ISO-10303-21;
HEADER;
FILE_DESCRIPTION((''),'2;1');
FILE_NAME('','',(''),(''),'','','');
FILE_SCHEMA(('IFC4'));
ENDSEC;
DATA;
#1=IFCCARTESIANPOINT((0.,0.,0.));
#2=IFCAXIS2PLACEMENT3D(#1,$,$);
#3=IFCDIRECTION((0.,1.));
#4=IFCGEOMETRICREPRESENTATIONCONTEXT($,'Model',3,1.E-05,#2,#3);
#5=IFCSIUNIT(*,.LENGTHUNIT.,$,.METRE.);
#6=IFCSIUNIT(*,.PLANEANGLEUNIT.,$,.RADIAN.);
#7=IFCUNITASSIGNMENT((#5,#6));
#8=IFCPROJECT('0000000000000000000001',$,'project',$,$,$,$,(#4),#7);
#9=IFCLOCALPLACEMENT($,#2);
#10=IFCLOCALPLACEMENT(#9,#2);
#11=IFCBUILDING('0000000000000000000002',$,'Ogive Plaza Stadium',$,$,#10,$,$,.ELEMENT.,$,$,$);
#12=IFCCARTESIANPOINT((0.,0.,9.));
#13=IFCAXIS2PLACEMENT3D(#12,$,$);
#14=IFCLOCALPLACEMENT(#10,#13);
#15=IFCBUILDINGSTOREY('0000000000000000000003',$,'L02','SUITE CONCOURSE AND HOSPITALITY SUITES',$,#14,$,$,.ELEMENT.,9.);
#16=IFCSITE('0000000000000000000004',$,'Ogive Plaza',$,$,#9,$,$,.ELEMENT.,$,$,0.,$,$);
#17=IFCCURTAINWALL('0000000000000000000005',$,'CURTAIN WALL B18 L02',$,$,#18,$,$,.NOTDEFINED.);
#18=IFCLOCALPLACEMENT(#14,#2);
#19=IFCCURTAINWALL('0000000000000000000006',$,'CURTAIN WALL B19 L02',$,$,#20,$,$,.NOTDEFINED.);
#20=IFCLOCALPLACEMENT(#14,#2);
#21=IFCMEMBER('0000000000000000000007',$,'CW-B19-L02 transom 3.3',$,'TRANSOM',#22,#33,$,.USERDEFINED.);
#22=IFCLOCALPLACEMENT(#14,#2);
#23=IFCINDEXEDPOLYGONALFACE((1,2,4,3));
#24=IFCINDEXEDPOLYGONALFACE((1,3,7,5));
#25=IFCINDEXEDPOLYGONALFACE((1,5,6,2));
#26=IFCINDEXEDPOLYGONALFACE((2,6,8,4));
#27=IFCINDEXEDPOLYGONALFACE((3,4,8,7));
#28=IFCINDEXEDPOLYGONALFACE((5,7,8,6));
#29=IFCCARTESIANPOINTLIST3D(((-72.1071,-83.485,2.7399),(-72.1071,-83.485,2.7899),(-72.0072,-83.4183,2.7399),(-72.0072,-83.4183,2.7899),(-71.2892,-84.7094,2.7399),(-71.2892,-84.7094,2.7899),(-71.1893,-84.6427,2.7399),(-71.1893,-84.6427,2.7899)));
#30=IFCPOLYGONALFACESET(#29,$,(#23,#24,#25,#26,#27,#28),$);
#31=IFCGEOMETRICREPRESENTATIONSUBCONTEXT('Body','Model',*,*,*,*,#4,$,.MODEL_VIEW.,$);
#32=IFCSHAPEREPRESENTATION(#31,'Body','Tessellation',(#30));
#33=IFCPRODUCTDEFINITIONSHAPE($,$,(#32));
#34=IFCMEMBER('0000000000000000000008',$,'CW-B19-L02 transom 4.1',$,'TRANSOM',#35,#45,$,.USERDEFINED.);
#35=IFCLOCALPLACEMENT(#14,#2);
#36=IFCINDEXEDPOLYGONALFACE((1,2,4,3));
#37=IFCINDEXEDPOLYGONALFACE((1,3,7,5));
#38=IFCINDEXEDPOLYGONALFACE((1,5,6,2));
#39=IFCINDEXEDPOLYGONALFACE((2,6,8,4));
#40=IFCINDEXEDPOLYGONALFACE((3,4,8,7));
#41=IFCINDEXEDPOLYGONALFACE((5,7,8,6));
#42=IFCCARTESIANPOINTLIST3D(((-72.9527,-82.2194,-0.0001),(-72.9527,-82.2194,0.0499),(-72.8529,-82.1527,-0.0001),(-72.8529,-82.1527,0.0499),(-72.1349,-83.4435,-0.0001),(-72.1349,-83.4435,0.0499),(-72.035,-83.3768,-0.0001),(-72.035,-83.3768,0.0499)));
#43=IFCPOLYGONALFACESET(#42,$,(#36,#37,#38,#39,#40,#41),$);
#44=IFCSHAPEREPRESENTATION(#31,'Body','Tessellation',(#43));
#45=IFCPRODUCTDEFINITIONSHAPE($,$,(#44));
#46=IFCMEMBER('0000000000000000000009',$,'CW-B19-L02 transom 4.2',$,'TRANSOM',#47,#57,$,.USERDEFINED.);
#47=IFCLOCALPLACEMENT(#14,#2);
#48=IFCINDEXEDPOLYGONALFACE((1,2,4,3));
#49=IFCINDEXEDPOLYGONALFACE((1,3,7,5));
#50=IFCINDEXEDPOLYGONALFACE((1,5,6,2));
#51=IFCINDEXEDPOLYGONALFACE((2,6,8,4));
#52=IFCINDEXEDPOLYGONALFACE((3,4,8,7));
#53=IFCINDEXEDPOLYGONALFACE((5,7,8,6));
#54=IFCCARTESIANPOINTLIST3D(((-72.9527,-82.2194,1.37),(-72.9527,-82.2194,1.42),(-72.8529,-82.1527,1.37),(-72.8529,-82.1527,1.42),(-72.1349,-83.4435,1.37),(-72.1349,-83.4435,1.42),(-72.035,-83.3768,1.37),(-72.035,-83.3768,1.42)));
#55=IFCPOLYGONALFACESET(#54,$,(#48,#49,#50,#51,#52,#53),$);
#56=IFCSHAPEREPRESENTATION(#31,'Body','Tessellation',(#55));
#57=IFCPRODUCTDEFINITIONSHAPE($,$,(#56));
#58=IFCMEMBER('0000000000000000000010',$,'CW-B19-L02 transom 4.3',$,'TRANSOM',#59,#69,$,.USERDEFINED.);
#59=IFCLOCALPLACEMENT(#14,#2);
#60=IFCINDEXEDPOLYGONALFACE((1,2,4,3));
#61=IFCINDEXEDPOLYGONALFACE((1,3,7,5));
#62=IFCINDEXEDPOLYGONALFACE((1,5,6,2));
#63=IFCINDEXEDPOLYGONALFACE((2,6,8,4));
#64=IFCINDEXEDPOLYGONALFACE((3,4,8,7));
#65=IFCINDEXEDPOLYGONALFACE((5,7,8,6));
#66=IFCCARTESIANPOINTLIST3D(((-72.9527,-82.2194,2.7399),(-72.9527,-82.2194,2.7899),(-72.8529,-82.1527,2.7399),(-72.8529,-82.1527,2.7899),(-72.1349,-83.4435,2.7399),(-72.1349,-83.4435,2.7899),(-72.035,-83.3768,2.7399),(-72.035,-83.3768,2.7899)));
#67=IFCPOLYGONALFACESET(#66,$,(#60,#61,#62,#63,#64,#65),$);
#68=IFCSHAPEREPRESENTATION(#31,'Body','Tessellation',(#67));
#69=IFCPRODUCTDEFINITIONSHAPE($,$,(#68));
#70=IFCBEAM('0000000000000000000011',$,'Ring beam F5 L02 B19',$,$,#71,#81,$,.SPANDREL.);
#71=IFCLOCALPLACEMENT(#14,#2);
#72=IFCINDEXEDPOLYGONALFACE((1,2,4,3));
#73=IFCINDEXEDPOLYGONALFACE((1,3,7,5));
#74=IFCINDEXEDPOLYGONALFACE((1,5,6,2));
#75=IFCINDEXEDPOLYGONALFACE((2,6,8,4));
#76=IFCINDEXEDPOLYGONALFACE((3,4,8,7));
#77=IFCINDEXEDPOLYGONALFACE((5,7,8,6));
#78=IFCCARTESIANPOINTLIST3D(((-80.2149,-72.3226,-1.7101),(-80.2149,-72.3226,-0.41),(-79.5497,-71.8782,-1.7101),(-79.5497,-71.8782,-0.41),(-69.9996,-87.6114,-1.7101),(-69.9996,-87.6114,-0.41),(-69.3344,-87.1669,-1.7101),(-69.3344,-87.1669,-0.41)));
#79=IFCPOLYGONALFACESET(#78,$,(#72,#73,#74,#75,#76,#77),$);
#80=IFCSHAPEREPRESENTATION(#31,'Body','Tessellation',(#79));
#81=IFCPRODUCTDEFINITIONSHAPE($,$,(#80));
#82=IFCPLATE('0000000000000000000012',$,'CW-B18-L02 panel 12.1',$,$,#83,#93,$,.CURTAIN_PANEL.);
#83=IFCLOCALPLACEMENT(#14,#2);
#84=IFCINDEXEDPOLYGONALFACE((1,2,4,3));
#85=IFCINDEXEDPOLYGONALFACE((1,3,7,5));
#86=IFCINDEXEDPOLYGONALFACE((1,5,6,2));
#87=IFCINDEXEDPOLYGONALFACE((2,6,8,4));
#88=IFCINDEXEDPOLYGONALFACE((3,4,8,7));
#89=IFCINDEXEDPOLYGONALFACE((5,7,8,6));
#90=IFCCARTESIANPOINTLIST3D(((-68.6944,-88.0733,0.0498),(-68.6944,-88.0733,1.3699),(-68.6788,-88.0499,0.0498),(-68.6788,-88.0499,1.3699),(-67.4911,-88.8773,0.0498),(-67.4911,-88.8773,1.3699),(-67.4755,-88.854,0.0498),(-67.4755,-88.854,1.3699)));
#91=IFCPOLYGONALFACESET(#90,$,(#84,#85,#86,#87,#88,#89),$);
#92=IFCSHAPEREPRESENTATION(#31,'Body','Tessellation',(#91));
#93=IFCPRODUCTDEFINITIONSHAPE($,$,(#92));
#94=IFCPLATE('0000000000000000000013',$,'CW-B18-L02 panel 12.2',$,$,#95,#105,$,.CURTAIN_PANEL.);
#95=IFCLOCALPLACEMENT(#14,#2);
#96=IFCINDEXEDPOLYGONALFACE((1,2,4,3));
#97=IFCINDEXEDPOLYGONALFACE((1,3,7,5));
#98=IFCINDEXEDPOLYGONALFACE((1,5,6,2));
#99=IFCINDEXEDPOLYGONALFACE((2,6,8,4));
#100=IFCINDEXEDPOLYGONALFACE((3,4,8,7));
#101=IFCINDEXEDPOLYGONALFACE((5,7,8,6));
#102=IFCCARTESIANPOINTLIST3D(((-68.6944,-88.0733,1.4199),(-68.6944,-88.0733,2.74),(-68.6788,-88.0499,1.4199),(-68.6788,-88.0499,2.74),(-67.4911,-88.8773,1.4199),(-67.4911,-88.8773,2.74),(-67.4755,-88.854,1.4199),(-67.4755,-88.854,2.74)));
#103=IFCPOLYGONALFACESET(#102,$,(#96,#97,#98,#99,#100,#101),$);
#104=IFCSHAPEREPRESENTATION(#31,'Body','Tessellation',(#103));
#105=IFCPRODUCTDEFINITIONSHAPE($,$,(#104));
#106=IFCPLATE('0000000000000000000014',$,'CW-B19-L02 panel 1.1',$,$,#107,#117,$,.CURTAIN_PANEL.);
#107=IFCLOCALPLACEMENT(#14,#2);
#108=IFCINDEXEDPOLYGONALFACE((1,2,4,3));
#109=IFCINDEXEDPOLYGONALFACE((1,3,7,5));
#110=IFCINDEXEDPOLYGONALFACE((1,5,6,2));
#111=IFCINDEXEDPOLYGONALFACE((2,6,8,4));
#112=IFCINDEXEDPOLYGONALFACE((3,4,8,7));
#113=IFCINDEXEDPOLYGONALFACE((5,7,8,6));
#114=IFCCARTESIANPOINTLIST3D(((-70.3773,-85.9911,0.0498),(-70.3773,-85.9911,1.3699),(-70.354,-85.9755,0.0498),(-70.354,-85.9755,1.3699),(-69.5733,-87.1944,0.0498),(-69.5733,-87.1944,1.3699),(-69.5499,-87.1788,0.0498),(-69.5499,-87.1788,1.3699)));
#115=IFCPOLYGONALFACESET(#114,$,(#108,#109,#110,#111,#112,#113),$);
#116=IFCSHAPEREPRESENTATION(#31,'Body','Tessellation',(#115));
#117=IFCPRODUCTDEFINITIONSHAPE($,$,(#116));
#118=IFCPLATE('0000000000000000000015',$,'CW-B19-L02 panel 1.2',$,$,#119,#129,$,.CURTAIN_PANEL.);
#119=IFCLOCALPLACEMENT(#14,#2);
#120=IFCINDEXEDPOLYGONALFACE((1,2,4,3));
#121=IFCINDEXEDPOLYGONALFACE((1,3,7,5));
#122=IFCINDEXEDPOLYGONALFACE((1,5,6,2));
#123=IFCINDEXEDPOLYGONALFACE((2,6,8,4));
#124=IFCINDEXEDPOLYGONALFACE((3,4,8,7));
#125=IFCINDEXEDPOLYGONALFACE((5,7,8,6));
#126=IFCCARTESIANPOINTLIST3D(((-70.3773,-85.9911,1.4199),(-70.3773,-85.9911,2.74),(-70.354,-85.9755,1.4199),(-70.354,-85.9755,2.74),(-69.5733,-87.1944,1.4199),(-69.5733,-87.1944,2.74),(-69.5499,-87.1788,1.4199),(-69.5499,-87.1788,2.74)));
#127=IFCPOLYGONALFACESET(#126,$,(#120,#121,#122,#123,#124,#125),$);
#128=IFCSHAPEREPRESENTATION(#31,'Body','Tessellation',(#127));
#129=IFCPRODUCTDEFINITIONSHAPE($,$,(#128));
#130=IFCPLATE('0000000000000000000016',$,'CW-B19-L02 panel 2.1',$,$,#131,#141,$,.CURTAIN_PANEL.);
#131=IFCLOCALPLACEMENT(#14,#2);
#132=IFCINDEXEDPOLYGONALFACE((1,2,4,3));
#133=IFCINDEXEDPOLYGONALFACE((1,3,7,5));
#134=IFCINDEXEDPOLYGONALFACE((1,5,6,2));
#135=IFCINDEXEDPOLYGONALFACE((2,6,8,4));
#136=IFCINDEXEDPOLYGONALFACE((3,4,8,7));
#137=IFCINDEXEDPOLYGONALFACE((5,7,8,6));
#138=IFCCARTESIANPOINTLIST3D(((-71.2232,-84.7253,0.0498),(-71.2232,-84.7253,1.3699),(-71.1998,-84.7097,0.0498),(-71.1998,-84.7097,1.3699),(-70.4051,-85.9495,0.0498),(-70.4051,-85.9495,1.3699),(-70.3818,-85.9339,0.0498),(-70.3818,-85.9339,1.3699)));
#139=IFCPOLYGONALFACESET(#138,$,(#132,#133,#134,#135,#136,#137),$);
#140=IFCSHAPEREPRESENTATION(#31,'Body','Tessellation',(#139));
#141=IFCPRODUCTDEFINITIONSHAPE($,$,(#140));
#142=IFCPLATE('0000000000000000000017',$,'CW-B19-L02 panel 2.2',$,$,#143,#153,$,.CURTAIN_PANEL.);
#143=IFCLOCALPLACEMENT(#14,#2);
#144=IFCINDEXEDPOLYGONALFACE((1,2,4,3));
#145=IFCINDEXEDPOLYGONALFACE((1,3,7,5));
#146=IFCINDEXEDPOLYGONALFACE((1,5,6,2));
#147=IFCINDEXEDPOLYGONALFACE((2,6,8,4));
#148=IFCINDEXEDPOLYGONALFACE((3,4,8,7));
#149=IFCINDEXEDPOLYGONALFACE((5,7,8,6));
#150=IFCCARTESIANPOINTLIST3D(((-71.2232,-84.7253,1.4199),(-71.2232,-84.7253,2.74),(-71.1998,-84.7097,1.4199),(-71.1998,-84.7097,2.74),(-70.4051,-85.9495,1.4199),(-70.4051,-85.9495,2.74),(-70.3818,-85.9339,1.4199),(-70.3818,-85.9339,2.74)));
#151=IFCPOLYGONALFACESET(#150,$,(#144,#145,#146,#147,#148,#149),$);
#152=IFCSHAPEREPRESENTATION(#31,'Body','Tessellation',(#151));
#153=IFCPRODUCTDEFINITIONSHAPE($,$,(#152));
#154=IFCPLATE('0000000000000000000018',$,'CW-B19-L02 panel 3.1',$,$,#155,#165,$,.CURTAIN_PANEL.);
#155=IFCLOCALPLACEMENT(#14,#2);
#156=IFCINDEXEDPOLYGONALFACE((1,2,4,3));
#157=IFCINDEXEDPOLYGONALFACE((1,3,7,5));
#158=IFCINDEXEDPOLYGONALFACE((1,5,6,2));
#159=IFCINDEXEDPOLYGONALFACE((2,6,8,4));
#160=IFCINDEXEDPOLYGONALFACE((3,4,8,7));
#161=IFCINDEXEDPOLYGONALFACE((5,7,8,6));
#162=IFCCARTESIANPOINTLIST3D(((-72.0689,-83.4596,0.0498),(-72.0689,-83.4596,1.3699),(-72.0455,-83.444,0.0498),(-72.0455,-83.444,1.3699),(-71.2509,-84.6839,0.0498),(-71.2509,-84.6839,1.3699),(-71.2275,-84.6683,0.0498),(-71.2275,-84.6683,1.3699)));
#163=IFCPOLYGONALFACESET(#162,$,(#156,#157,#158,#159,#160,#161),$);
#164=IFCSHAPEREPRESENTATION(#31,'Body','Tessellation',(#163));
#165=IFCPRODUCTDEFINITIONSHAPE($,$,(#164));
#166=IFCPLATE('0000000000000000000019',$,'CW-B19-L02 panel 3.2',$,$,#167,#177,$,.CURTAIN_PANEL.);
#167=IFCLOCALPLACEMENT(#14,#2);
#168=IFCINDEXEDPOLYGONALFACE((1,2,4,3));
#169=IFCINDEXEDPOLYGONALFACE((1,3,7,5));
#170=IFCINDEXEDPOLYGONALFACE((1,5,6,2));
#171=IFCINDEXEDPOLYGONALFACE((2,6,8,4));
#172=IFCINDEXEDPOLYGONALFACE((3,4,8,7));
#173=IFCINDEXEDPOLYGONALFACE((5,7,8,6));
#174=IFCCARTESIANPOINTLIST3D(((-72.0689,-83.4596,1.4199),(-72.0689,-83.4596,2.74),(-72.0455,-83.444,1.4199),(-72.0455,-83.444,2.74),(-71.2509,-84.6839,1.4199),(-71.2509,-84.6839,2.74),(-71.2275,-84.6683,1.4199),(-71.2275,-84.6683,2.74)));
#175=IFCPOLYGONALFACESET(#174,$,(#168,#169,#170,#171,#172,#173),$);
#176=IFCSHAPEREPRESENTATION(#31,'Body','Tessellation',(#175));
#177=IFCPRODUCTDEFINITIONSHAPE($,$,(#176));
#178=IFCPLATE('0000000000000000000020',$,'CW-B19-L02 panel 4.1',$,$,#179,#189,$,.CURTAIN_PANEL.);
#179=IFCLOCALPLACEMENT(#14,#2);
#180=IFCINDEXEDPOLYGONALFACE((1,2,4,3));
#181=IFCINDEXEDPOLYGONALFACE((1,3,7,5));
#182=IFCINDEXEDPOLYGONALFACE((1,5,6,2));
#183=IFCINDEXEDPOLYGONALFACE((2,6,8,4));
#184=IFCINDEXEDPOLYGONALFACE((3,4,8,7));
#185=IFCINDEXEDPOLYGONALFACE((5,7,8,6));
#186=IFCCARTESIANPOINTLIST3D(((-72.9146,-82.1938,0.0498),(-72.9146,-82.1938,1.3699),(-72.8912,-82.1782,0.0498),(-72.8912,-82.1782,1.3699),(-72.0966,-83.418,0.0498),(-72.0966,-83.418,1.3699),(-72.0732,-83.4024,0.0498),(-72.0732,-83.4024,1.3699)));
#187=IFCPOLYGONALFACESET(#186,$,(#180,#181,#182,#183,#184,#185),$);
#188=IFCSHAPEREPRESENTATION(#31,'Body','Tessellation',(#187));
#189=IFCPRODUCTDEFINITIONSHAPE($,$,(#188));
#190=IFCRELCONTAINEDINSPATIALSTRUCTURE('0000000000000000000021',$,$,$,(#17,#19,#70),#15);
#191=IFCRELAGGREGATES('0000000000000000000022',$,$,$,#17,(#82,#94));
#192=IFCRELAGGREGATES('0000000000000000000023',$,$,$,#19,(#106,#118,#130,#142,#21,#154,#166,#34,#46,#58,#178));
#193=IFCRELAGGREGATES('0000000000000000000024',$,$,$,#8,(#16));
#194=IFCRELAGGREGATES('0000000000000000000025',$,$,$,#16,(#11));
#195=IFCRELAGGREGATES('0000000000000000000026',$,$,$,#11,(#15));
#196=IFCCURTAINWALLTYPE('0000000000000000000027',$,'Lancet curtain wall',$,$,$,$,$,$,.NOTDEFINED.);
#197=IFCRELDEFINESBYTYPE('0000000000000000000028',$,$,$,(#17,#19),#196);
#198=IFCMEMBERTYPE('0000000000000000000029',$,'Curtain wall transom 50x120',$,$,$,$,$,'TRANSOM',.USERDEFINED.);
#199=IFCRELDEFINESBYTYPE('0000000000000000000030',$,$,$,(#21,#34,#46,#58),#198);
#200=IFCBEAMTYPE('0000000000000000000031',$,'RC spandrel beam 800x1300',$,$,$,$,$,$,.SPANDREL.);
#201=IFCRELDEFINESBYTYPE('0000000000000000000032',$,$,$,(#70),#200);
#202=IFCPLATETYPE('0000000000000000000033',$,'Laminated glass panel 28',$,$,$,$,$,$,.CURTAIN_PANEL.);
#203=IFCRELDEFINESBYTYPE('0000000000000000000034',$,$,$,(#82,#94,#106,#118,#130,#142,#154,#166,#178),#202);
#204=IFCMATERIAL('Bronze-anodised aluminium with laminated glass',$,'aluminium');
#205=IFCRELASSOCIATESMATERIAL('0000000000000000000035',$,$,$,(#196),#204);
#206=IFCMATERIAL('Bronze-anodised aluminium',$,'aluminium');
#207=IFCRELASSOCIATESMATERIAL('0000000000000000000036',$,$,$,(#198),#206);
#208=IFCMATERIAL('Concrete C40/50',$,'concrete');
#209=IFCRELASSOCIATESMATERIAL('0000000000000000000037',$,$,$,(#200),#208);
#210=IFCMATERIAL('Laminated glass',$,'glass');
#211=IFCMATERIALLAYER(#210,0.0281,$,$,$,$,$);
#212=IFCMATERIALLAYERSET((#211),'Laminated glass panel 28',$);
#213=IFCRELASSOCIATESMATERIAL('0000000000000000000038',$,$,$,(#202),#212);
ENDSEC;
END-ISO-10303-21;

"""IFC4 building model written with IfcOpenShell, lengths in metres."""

from ifc_helpers import new_model, si_unit, direction, frame, origin, origin_2d, place, context, subcontext, project, spatial, rectangle, extrude, material, layer, layer_set, material_profile, profile_set, type_object, element, aggregate, save


model = new_model("IFC4")

# Units and contexts
model_context = context("Model", 3, precision=1e-05, world=origin(), true_north=direction((0.0, 1.0)))
body_context = subcontext(model_context, "Body", "Model", "MODEL_VIEW")
ifc_project = project(units=[si_unit("LENGTHUNIT", "METRE"), si_unit("PLANEANGLEUNIT", "RADIAN")], contexts=[model_context])

# Site, building, storey
site_placement = place(None, origin())
site = spatial("IfcSite", under=ifc_project, at=site_placement, Name="Ogive Plaza", CompositionType="ELEMENT", RefElevation=0.0)
building_placement = place(site_placement, origin())
building = spatial("IfcBuilding", under=site, at=building_placement, Name="Ogive Plaza Stadium", CompositionType="ELEMENT")
storey_placement = place(building_placement, frame((0.0, 0.0, 9.0)))
storey = spatial("IfcBuildingStorey", under=building, at=storey_placement, Name="L02", Description="SUITE CONCOURSE AND HOSPITALITY SUITES", CompositionType="ELEMENT", Elevation=9.0)

# Curtain wall
ifc_material_1 = material(Name="Bronze-anodised aluminium with laminated glass", Category="aluminium")
curtain_wall_type = type_object("IfcCurtainWallType", Name="Lancet curtain wall", PredefinedType="NOTDEFINED", material=ifc_material_1)
curtain_wall_1_placement = place(storey_placement, origin())
curtain_wall_1 = element("IfcCurtainWall", 1, at=curtain_wall_1_placement, inside=storey, type_object=curtain_wall_type, Name="CURTAIN WALL B18 L02", PredefinedType="NOTDEFINED")

# Curtain wall, members
curtain_wall_2_placement = place(storey_placement, origin())
curtain_wall_2 = element("IfcCurtainWall", 2, at=curtain_wall_2_placement, inside=storey, type_object=curtain_wall_type, Name="CURTAIN WALL B19 L02", PredefinedType="NOTDEFINED")
ifc_material_2 = material(Name="Bronze-anodised aluminium", Category="aluminium")
ifc_material_profile_1 = material_profile(ifc_material_2, rectangle(XDim=0.1201, YDim=0.05, at=origin_2d()), Name="AL 120x50")
ifc_profile_set_1 = profile_set([ifc_material_profile_1], Name="Bronze-anodised aluminium")
member_type_1 = type_object("IfcMemberType", Name="Curtain wall transom 50x120", ElementType="TRANSOM", PredefinedType="USERDEFINED", material=ifc_profile_set_1)
member_1_placement = place(storey_placement, frame((-71.2393, -84.676, 2.7649), z_axis=(-0.555465, 0.83154, 0.0), x_axis=(-0.83154, -0.555465, 0.0)))
member_1 = element("IfcMember", 3, at=member_1_placement, type_object=member_type_1, Name="CW-B19-L02 transom 3.3", ObjectType="TRANSOM", PredefinedType="USERDEFINED", context=body_context, shape_type="SweptSolid", body=[
    extrude(rectangle(XDim=0.1201, YDim=0.05, at=origin_2d()), origin(), (0.0, 0.0, 1.0), 1.4724),
])
member_2_placement = place(storey_placement, frame((-72.085, -83.4102, 0.0249), z_axis=(-0.555542, 0.831489, 0.0), x_axis=(-0.831489, -0.555542, 0.0)))
member_2 = element("IfcMember", 4, at=member_2_placement, type_object=member_type_1, Name="CW-B19-L02 transom 4.1", ObjectType="TRANSOM", PredefinedType="USERDEFINED", context=body_context, shape_type="SweptSolid", body=[
    extrude(rectangle(XDim=0.1201, YDim=0.05, at=origin_2d()), origin(), (0.0, 0.0, 1.0), 1.4722),
])
member_3_placement = place(storey_placement, frame((-72.085, -83.4102, 1.395), z_axis=(-0.555542, 0.831489, 0.0), x_axis=(-0.831489, -0.555542, 0.0)))
member_3 = element("IfcMember", 5, at=member_3_placement, type_object=member_type_1, Name="CW-B19-L02 transom 4.2", ObjectType="TRANSOM", PredefinedType="USERDEFINED", context=body_context, shape_type="SweptSolid", body=[
    extrude(rectangle(XDim=0.1201, YDim=0.05, at=origin_2d()), origin(), (0.0, 0.0, 1.0), 1.4722),
])
member_4_placement = place(storey_placement, frame((-72.085, -83.4102, 2.7649), z_axis=(-0.555542, 0.831489, 0.0), x_axis=(-0.831489, -0.555542, 0.0)))
member_4 = element("IfcMember", 6, at=member_4_placement, type_object=member_type_1, Name="CW-B19-L02 transom 4.3", ObjectType="TRANSOM", PredefinedType="USERDEFINED", context=body_context, shape_type="SweptSolid", body=[
    extrude(rectangle(XDim=0.1201, YDim=0.05, at=origin_2d()), origin(), (0.0, 0.0, 1.0), 1.4722),
])

# Beam
ifc_material_3 = material(Name="Concrete C40/50", Category="concrete")
ifc_material_profile_2 = material_profile(ifc_material_3, rectangle(XDim=0.8, YDim=1.3, at=origin_2d()), Name="RC 800x1300")
ifc_profile_set_2 = profile_set([ifc_material_profile_2], Name="Concrete C40/50")
beam_type = type_object("IfcBeamType", Name="RC spandrel beam 800x1300", PredefinedType="SPANDREL", material=ifc_profile_set_2)
beam_placement = place(storey_placement, frame((-69.667, -87.3892, -1.0601), z_axis=(-0.555558, 0.831478, 0.0), x_axis=(-0.831478, -0.555558, 0.0)))
element("IfcBeam", 7, at=beam_placement, inside=storey, type_object=beam_type, Name="Ring beam F5 L02 B19", PredefinedType="SPANDREL", context=body_context, shape_type="SweptSolid", body=[
    extrude(rectangle(XDim=0.8, YDim=1.3, at=origin_2d()), origin(), (0.0, 0.0, 1.0), 18.3875),
])

# Plates
ifc_material_4 = material(Name="Laminated glass", Category="glass")
ifc_layer_1 = layer(ifc_material_4, 0.0281)
ifc_layer_set_1 = layer_set([ifc_layer_1], Name="Laminated glass panel 28")
plate_type = type_object("IfcPlateType", Name="Laminated glass panel 28", PredefinedType="CURTAIN_PANEL", material=ifc_layer_set_1)
plate_1_placement = place(storey_placement, frame((-68.085, -88.4636, 0.0498), z_axis=(0.0, 0.0, 1.0), x_axis=(-0.83147, 0.55557, 0.0)))
plate_1 = element("IfcPlate", 8, at=plate_1_placement, type_object=plate_type, Name="CW-B18-L02 panel 12.1", PredefinedType="CURTAIN_PANEL", context=body_context, shape_type="SweptSolid", body=[
    extrude(rectangle(XDim=1.4473, YDim=0.0281, at=origin_2d()), origin(), (0.0, 0.0, 1.0), 1.3201),
])
plate_2_placement = place(storey_placement, frame((-68.085, -88.4636, 1.4199), z_axis=(0.0, 0.0, 1.0), x_axis=(-0.83147, 0.55557, 0.0)))
plate_2 = element("IfcPlate", 9, at=plate_2_placement, type_object=plate_type, Name="CW-B18-L02 panel 12.2", PredefinedType="CURTAIN_PANEL", context=body_context, shape_type="SweptSolid", body=[
    extrude(rectangle(XDim=1.4473, YDim=0.0281, at=origin_2d()), origin(), (0.0, 0.0, 1.0), 1.3201),
])
aggregate(curtain_wall_1, [plate_1, plate_2])
plate_3_placement = place(storey_placement, frame((-69.9636, -86.585, 0.0498), z_axis=(0.0, 0.0, 1.0), x_axis=(-0.55557, 0.83147, 0.0)))
plate_3 = element("IfcPlate", 10, at=plate_3_placement, type_object=plate_type, Name="CW-B19-L02 panel 1.1", PredefinedType="CURTAIN_PANEL", context=body_context, shape_type="SweptSolid", body=[
    extrude(rectangle(XDim=1.4473, YDim=0.0281, at=origin_2d()), origin(), (0.0, 0.0, 1.0), 1.3201),
])
plate_4_placement = place(storey_placement, frame((-69.9636, -86.585, 1.4199), z_axis=(0.0, 0.0, 1.0), x_axis=(-0.55557, 0.83147, 0.0)))
plate_4 = element("IfcPlate", 11, at=plate_4_placement, type_object=plate_type, Name="CW-B19-L02 panel 1.2", PredefinedType="CURTAIN_PANEL", context=body_context, shape_type="SweptSolid", body=[
    extrude(rectangle(XDim=1.4473, YDim=0.0281, at=origin_2d()), origin(), (0.0, 0.0, 1.0), 1.3201),
])
plate_5_placement = place(storey_placement, frame((-70.8025, -85.3296, 0.0498), z_axis=(0.0, 0.0, 1.0), x_axis=(-0.55557, 0.83147, 0.0)))
plate_5 = element("IfcPlate", 12, at=plate_5_placement, type_object=plate_type, Name="CW-B19-L02 panel 2.1", PredefinedType="CURTAIN_PANEL", context=body_context, shape_type="SweptSolid", body=[
    extrude(rectangle(XDim=1.4724, YDim=0.0281, at=origin_2d()), origin(), (0.0, 0.0, 1.0), 1.3201),
])
plate_6_placement = place(storey_placement, frame((-70.8025, -85.3296, 1.4199), z_axis=(0.0, 0.0, 1.0), x_axis=(-0.55557, 0.83147, 0.0)))
plate_6 = element("IfcPlate", 13, at=plate_6_placement, type_object=plate_type, Name="CW-B19-L02 panel 2.2", PredefinedType="CURTAIN_PANEL", context=body_context, shape_type="SweptSolid", body=[
    extrude(rectangle(XDim=1.4724, YDim=0.0281, at=origin_2d()), origin(), (0.0, 0.0, 1.0), 1.3201),
])
plate_7_placement = place(storey_placement, frame((-71.6482, -84.064, 0.0498), z_axis=(0.0, 0.0, 1.0), x_axis=(-0.55557, 0.83147, 0.0)))
plate_7 = element("IfcPlate", 14, at=plate_7_placement, type_object=plate_type, Name="CW-B19-L02 panel 3.1", PredefinedType="CURTAIN_PANEL", context=body_context, shape_type="SweptSolid", body=[
    extrude(rectangle(XDim=1.4724, YDim=0.0281, at=origin_2d()), origin(), (0.0, 0.0, 1.0), 1.3201),
])
plate_8_placement = place(storey_placement, frame((-71.6482, -84.064, 1.4199), z_axis=(0.0, 0.0, 1.0), x_axis=(-0.55557, 0.83147, 0.0)))
plate_8 = element("IfcPlate", 15, at=plate_8_placement, type_object=plate_type, Name="CW-B19-L02 panel 3.2", PredefinedType="CURTAIN_PANEL", context=body_context, shape_type="SweptSolid", body=[
    extrude(rectangle(XDim=1.4724, YDim=0.0281, at=origin_2d()), origin(), (0.0, 0.0, 1.0), 1.3201),
])
plate_9_placement = place(storey_placement, frame((-72.4939, -82.7981, 0.0498), z_axis=(0.0, 0.0, 1.0), x_axis=(-0.55557, 0.83147, 0.0)))
plate_9 = element("IfcPlate", 16, at=plate_9_placement, type_object=plate_type, Name="CW-B19-L02 panel 4.1", PredefinedType="CURTAIN_PANEL", context=body_context, shape_type="SweptSolid", body=[
    extrude(rectangle(XDim=1.4724, YDim=0.0281, at=origin_2d()), origin(), (0.0, 0.0, 1.0), 1.3201),
])
aggregate(curtain_wall_2, [plate_3, plate_4, plate_5, plate_6, member_1, plate_7, plate_8, member_2, member_3, member_4, plate_9])

save(model, "model.ifc")
